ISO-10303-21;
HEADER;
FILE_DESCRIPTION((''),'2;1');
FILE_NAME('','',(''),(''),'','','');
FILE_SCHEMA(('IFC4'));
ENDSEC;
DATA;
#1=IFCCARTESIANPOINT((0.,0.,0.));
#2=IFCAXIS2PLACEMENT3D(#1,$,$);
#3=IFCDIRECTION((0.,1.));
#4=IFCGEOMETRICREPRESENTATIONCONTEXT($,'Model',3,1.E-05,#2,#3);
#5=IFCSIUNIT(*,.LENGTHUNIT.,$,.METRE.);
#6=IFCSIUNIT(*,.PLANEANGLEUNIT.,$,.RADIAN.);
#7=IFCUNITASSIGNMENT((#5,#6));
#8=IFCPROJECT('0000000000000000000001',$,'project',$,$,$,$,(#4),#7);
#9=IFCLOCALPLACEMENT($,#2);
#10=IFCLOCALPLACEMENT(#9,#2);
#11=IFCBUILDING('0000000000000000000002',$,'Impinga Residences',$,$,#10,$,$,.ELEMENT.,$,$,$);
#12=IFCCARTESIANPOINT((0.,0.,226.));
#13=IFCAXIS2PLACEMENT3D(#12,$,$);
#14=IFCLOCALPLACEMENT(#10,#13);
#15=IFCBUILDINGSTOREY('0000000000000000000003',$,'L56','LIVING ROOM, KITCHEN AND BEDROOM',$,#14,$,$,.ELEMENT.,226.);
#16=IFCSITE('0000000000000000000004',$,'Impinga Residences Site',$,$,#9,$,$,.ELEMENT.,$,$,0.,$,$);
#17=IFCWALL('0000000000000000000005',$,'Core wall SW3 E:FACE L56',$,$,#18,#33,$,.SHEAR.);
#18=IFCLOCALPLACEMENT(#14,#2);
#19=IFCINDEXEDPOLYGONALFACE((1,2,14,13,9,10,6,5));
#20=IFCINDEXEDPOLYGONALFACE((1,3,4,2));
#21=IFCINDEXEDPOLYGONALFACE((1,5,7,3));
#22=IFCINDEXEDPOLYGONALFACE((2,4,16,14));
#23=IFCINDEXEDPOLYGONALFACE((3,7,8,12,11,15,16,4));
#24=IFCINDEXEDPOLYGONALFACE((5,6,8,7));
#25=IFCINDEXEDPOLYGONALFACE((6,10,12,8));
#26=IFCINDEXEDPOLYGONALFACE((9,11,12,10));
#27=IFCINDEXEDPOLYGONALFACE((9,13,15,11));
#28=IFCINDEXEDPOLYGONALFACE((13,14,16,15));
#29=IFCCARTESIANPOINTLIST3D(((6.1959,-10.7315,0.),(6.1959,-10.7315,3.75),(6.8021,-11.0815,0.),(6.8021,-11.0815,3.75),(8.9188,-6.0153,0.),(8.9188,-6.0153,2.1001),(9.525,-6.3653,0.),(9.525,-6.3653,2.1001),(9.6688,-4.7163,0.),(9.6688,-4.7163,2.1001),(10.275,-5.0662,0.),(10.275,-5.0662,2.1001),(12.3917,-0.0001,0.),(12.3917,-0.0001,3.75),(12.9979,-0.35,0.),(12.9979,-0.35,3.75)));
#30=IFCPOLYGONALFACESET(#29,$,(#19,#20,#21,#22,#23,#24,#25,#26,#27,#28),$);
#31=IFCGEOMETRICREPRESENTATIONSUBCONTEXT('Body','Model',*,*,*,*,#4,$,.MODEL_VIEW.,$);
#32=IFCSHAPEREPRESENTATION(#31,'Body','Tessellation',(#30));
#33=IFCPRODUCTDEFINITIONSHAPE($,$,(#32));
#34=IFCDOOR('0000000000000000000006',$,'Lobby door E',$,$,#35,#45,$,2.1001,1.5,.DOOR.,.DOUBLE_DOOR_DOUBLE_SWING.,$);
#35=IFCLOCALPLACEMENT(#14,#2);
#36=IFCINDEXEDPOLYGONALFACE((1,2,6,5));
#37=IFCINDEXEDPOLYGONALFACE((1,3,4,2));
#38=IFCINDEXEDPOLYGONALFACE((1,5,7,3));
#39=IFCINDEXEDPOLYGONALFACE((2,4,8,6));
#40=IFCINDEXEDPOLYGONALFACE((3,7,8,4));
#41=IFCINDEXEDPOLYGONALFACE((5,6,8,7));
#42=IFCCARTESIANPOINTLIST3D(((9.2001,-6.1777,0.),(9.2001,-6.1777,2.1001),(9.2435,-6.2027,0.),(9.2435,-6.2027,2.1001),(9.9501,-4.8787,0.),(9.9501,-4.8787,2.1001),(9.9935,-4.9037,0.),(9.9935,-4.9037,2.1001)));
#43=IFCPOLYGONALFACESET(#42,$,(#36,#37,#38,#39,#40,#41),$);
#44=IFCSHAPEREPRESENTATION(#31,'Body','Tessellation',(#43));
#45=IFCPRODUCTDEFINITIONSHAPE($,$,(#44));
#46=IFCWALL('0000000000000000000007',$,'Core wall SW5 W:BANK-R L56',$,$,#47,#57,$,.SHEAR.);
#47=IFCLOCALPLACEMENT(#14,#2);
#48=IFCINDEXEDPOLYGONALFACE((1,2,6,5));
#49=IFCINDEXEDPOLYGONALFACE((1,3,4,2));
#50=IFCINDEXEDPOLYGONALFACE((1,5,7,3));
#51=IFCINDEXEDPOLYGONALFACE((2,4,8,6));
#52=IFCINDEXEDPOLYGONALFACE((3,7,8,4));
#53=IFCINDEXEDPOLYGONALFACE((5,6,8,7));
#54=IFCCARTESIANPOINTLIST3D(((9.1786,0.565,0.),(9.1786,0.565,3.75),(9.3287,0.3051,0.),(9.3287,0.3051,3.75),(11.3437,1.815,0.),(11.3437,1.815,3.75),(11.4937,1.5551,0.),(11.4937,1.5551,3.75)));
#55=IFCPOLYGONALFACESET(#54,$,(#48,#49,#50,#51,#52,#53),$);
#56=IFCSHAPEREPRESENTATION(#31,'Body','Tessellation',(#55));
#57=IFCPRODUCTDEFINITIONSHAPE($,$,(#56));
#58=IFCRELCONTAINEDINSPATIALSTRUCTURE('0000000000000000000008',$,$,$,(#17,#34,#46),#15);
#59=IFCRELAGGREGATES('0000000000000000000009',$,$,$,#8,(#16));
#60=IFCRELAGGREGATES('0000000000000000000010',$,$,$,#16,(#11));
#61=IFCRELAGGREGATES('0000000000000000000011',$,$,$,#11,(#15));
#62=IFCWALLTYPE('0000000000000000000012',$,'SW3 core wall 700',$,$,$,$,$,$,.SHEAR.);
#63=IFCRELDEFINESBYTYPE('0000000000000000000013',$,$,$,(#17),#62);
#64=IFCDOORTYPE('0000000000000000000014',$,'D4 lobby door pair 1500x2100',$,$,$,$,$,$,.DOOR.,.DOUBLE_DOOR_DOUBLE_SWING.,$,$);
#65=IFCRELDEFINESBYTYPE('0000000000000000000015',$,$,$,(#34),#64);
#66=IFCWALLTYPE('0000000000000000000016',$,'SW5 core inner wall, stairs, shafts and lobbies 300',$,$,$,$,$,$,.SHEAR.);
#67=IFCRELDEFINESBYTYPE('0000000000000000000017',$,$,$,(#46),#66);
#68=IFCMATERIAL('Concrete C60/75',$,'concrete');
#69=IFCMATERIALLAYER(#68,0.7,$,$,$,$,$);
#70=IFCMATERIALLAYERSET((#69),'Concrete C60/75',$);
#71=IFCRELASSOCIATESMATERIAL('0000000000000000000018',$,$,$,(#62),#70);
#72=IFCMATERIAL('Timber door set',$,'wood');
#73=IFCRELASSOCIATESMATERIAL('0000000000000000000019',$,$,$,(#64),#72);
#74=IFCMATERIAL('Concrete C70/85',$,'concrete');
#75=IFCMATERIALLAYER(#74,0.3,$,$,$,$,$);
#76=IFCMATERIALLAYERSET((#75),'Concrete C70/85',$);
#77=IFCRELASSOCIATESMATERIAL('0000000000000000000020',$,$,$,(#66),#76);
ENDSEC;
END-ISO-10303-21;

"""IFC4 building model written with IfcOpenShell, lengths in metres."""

from ifc_helpers import new_model, si_unit, direction, frame, frame_2d, origin, place, context, subcontext, project, spatial, rectangle, extrude, material, layer, layer_set, type_object, element, fill, save


model = new_model("IFC4")

# Units and contexts
model_context = context("Model", 3, precision=1e-05, world=origin(), true_north=direction((0.0, 1.0)))
body_context = subcontext(model_context, "Body", "Model", "MODEL_VIEW")
ifc_project = project(units=[si_unit("LENGTHUNIT", "METRE"), si_unit("PLANEANGLEUNIT", "RADIAN")], contexts=[model_context])

# Site, building, storey
site_placement = place(None, origin())
site = spatial("IfcSite", under=ifc_project, at=site_placement, Name="Impinga Residences Site", CompositionType="ELEMENT", RefElevation=0.0)
building_placement = place(site_placement, origin())
building = spatial("IfcBuilding", under=site, at=building_placement, Name="Impinga Residences", CompositionType="ELEMENT")
storey_placement = place(building_placement, frame((0.0, 0.0, 226.0)))
storey = spatial("IfcBuildingStorey", under=building, at=storey_placement, Name="L56", Description="LIVING ROOM, KITCHEN AND BEDROOM", CompositionType="ELEMENT", Elevation=226.0)

# Shared definitions
ifc_material_1 = material(Name="Concrete C60/75", Category="concrete")

# Shared definitions
ifc_material_2 = material(Name="Timber door set", Category="wood")

# Wall, opening, door
ifc_layer_1 = layer(ifc_material_1, 0.7)
ifc_layer_set_1 = layer_set([ifc_layer_1], Name="Concrete C60/75")
wall_type_1 = type_object("IfcWallType", Name="SW3 core wall 700", PredefinedType="SHEAR", material=ifc_layer_set_1)
wall_1_placement = place(storey_placement, frame((12.6948, -0.175, 0.0), z_axis=(0.0, 0.0, 1.0), x_axis=(-0.5, -0.866025, 0.0)))
wall_1 = element("IfcWall", 1, at=wall_1_placement, inside=storey, type_object=wall_type_1, Name="Core wall SW3 E:FACE L56", PredefinedType="SHEAR", context=body_context, shape_type="SweptSolid", body=[
    extrude(rectangle(XDim=12.3916, YDim=0.7, at=frame_2d((6.1958, 0.0))), origin(), (0.0, 0.0, 1.0), 3.75),
])
opening_1_placement = place(wall_1_placement, frame((5.4458, 0.0, 0.0)))
opening_1 = element("IfcOpeningElement", 2, at=opening_1_placement, cuts=wall_1, PredefinedType="OPENING", context=body_context, shape_type="SweptSolid", body=[
    extrude(rectangle(XDim=1.5, YDim=2.1001, at=frame_2d((0.75, 1.05))), frame((0.0, 0.3599, 0.0), z_axis=(0.0, -1.0, 0.0), x_axis=(1.0, 0.0, 0.0)), (0.0, 0.0, 1.0), 0.72),
])
door_type_1 = type_object("IfcDoorType", Name="D4 lobby door pair 1500x2100", OperationType="DOUBLE_DOOR_DOUBLE_SWING", PredefinedType="DOOR", material=ifc_material_2)
door_1_placement = place(opening_1_placement, origin())
door_1 = element("IfcDoor", 3, at=door_1_placement, inside=storey, type_object=door_type_1, Name="Lobby door E", OperationType="DOUBLE_DOOR_DOUBLE_SWING", OverallHeight=2.1001, OverallWidth=1.5, PredefinedType="DOOR", context=body_context, shape_type="SweptSolid", body=[
    extrude(rectangle(XDim=1.5, YDim=2.1001, at=frame_2d((0.75, 1.05))), frame((0.0, 0.0249, 0.0), z_axis=(0.0, -1.0, 0.0), x_axis=(1.0, 0.0, 0.0)), (0.0, 0.0, 1.0), 0.05),
])
fill(opening_1, door_1)

# Wall
ifc_material_3 = material(Name="Concrete C70/85", Category="concrete")
ifc_layer_2 = layer(ifc_material_3, 0.3)
ifc_layer_set_2 = layer_set([ifc_layer_2], Name="Concrete C70/85")
wall_type_2 = type_object("IfcWallType", Name="SW5 core inner wall, stairs, shafts and lobbies 300", PredefinedType="SHEAR", material=ifc_layer_set_2)
wall_2_placement = place(storey_placement, frame((9.2537, 0.4351, 0.0), z_axis=(0.0, 0.0, 1.0), x_axis=(0.866023, 0.500004, 0.0)))
element("IfcWall", 4, at=wall_2_placement, inside=storey, type_object=wall_type_2, Name="Core wall SW5 W:BANK-R L56", PredefinedType="SHEAR", context=body_context, shape_type="SweptSolid", body=[
    extrude(rectangle(XDim=2.5, YDim=0.3, at=frame_2d((1.25, 0.0))), origin(), (0.0, 0.0, 1.0), 3.75),
])

save(model, "model.ifc")
